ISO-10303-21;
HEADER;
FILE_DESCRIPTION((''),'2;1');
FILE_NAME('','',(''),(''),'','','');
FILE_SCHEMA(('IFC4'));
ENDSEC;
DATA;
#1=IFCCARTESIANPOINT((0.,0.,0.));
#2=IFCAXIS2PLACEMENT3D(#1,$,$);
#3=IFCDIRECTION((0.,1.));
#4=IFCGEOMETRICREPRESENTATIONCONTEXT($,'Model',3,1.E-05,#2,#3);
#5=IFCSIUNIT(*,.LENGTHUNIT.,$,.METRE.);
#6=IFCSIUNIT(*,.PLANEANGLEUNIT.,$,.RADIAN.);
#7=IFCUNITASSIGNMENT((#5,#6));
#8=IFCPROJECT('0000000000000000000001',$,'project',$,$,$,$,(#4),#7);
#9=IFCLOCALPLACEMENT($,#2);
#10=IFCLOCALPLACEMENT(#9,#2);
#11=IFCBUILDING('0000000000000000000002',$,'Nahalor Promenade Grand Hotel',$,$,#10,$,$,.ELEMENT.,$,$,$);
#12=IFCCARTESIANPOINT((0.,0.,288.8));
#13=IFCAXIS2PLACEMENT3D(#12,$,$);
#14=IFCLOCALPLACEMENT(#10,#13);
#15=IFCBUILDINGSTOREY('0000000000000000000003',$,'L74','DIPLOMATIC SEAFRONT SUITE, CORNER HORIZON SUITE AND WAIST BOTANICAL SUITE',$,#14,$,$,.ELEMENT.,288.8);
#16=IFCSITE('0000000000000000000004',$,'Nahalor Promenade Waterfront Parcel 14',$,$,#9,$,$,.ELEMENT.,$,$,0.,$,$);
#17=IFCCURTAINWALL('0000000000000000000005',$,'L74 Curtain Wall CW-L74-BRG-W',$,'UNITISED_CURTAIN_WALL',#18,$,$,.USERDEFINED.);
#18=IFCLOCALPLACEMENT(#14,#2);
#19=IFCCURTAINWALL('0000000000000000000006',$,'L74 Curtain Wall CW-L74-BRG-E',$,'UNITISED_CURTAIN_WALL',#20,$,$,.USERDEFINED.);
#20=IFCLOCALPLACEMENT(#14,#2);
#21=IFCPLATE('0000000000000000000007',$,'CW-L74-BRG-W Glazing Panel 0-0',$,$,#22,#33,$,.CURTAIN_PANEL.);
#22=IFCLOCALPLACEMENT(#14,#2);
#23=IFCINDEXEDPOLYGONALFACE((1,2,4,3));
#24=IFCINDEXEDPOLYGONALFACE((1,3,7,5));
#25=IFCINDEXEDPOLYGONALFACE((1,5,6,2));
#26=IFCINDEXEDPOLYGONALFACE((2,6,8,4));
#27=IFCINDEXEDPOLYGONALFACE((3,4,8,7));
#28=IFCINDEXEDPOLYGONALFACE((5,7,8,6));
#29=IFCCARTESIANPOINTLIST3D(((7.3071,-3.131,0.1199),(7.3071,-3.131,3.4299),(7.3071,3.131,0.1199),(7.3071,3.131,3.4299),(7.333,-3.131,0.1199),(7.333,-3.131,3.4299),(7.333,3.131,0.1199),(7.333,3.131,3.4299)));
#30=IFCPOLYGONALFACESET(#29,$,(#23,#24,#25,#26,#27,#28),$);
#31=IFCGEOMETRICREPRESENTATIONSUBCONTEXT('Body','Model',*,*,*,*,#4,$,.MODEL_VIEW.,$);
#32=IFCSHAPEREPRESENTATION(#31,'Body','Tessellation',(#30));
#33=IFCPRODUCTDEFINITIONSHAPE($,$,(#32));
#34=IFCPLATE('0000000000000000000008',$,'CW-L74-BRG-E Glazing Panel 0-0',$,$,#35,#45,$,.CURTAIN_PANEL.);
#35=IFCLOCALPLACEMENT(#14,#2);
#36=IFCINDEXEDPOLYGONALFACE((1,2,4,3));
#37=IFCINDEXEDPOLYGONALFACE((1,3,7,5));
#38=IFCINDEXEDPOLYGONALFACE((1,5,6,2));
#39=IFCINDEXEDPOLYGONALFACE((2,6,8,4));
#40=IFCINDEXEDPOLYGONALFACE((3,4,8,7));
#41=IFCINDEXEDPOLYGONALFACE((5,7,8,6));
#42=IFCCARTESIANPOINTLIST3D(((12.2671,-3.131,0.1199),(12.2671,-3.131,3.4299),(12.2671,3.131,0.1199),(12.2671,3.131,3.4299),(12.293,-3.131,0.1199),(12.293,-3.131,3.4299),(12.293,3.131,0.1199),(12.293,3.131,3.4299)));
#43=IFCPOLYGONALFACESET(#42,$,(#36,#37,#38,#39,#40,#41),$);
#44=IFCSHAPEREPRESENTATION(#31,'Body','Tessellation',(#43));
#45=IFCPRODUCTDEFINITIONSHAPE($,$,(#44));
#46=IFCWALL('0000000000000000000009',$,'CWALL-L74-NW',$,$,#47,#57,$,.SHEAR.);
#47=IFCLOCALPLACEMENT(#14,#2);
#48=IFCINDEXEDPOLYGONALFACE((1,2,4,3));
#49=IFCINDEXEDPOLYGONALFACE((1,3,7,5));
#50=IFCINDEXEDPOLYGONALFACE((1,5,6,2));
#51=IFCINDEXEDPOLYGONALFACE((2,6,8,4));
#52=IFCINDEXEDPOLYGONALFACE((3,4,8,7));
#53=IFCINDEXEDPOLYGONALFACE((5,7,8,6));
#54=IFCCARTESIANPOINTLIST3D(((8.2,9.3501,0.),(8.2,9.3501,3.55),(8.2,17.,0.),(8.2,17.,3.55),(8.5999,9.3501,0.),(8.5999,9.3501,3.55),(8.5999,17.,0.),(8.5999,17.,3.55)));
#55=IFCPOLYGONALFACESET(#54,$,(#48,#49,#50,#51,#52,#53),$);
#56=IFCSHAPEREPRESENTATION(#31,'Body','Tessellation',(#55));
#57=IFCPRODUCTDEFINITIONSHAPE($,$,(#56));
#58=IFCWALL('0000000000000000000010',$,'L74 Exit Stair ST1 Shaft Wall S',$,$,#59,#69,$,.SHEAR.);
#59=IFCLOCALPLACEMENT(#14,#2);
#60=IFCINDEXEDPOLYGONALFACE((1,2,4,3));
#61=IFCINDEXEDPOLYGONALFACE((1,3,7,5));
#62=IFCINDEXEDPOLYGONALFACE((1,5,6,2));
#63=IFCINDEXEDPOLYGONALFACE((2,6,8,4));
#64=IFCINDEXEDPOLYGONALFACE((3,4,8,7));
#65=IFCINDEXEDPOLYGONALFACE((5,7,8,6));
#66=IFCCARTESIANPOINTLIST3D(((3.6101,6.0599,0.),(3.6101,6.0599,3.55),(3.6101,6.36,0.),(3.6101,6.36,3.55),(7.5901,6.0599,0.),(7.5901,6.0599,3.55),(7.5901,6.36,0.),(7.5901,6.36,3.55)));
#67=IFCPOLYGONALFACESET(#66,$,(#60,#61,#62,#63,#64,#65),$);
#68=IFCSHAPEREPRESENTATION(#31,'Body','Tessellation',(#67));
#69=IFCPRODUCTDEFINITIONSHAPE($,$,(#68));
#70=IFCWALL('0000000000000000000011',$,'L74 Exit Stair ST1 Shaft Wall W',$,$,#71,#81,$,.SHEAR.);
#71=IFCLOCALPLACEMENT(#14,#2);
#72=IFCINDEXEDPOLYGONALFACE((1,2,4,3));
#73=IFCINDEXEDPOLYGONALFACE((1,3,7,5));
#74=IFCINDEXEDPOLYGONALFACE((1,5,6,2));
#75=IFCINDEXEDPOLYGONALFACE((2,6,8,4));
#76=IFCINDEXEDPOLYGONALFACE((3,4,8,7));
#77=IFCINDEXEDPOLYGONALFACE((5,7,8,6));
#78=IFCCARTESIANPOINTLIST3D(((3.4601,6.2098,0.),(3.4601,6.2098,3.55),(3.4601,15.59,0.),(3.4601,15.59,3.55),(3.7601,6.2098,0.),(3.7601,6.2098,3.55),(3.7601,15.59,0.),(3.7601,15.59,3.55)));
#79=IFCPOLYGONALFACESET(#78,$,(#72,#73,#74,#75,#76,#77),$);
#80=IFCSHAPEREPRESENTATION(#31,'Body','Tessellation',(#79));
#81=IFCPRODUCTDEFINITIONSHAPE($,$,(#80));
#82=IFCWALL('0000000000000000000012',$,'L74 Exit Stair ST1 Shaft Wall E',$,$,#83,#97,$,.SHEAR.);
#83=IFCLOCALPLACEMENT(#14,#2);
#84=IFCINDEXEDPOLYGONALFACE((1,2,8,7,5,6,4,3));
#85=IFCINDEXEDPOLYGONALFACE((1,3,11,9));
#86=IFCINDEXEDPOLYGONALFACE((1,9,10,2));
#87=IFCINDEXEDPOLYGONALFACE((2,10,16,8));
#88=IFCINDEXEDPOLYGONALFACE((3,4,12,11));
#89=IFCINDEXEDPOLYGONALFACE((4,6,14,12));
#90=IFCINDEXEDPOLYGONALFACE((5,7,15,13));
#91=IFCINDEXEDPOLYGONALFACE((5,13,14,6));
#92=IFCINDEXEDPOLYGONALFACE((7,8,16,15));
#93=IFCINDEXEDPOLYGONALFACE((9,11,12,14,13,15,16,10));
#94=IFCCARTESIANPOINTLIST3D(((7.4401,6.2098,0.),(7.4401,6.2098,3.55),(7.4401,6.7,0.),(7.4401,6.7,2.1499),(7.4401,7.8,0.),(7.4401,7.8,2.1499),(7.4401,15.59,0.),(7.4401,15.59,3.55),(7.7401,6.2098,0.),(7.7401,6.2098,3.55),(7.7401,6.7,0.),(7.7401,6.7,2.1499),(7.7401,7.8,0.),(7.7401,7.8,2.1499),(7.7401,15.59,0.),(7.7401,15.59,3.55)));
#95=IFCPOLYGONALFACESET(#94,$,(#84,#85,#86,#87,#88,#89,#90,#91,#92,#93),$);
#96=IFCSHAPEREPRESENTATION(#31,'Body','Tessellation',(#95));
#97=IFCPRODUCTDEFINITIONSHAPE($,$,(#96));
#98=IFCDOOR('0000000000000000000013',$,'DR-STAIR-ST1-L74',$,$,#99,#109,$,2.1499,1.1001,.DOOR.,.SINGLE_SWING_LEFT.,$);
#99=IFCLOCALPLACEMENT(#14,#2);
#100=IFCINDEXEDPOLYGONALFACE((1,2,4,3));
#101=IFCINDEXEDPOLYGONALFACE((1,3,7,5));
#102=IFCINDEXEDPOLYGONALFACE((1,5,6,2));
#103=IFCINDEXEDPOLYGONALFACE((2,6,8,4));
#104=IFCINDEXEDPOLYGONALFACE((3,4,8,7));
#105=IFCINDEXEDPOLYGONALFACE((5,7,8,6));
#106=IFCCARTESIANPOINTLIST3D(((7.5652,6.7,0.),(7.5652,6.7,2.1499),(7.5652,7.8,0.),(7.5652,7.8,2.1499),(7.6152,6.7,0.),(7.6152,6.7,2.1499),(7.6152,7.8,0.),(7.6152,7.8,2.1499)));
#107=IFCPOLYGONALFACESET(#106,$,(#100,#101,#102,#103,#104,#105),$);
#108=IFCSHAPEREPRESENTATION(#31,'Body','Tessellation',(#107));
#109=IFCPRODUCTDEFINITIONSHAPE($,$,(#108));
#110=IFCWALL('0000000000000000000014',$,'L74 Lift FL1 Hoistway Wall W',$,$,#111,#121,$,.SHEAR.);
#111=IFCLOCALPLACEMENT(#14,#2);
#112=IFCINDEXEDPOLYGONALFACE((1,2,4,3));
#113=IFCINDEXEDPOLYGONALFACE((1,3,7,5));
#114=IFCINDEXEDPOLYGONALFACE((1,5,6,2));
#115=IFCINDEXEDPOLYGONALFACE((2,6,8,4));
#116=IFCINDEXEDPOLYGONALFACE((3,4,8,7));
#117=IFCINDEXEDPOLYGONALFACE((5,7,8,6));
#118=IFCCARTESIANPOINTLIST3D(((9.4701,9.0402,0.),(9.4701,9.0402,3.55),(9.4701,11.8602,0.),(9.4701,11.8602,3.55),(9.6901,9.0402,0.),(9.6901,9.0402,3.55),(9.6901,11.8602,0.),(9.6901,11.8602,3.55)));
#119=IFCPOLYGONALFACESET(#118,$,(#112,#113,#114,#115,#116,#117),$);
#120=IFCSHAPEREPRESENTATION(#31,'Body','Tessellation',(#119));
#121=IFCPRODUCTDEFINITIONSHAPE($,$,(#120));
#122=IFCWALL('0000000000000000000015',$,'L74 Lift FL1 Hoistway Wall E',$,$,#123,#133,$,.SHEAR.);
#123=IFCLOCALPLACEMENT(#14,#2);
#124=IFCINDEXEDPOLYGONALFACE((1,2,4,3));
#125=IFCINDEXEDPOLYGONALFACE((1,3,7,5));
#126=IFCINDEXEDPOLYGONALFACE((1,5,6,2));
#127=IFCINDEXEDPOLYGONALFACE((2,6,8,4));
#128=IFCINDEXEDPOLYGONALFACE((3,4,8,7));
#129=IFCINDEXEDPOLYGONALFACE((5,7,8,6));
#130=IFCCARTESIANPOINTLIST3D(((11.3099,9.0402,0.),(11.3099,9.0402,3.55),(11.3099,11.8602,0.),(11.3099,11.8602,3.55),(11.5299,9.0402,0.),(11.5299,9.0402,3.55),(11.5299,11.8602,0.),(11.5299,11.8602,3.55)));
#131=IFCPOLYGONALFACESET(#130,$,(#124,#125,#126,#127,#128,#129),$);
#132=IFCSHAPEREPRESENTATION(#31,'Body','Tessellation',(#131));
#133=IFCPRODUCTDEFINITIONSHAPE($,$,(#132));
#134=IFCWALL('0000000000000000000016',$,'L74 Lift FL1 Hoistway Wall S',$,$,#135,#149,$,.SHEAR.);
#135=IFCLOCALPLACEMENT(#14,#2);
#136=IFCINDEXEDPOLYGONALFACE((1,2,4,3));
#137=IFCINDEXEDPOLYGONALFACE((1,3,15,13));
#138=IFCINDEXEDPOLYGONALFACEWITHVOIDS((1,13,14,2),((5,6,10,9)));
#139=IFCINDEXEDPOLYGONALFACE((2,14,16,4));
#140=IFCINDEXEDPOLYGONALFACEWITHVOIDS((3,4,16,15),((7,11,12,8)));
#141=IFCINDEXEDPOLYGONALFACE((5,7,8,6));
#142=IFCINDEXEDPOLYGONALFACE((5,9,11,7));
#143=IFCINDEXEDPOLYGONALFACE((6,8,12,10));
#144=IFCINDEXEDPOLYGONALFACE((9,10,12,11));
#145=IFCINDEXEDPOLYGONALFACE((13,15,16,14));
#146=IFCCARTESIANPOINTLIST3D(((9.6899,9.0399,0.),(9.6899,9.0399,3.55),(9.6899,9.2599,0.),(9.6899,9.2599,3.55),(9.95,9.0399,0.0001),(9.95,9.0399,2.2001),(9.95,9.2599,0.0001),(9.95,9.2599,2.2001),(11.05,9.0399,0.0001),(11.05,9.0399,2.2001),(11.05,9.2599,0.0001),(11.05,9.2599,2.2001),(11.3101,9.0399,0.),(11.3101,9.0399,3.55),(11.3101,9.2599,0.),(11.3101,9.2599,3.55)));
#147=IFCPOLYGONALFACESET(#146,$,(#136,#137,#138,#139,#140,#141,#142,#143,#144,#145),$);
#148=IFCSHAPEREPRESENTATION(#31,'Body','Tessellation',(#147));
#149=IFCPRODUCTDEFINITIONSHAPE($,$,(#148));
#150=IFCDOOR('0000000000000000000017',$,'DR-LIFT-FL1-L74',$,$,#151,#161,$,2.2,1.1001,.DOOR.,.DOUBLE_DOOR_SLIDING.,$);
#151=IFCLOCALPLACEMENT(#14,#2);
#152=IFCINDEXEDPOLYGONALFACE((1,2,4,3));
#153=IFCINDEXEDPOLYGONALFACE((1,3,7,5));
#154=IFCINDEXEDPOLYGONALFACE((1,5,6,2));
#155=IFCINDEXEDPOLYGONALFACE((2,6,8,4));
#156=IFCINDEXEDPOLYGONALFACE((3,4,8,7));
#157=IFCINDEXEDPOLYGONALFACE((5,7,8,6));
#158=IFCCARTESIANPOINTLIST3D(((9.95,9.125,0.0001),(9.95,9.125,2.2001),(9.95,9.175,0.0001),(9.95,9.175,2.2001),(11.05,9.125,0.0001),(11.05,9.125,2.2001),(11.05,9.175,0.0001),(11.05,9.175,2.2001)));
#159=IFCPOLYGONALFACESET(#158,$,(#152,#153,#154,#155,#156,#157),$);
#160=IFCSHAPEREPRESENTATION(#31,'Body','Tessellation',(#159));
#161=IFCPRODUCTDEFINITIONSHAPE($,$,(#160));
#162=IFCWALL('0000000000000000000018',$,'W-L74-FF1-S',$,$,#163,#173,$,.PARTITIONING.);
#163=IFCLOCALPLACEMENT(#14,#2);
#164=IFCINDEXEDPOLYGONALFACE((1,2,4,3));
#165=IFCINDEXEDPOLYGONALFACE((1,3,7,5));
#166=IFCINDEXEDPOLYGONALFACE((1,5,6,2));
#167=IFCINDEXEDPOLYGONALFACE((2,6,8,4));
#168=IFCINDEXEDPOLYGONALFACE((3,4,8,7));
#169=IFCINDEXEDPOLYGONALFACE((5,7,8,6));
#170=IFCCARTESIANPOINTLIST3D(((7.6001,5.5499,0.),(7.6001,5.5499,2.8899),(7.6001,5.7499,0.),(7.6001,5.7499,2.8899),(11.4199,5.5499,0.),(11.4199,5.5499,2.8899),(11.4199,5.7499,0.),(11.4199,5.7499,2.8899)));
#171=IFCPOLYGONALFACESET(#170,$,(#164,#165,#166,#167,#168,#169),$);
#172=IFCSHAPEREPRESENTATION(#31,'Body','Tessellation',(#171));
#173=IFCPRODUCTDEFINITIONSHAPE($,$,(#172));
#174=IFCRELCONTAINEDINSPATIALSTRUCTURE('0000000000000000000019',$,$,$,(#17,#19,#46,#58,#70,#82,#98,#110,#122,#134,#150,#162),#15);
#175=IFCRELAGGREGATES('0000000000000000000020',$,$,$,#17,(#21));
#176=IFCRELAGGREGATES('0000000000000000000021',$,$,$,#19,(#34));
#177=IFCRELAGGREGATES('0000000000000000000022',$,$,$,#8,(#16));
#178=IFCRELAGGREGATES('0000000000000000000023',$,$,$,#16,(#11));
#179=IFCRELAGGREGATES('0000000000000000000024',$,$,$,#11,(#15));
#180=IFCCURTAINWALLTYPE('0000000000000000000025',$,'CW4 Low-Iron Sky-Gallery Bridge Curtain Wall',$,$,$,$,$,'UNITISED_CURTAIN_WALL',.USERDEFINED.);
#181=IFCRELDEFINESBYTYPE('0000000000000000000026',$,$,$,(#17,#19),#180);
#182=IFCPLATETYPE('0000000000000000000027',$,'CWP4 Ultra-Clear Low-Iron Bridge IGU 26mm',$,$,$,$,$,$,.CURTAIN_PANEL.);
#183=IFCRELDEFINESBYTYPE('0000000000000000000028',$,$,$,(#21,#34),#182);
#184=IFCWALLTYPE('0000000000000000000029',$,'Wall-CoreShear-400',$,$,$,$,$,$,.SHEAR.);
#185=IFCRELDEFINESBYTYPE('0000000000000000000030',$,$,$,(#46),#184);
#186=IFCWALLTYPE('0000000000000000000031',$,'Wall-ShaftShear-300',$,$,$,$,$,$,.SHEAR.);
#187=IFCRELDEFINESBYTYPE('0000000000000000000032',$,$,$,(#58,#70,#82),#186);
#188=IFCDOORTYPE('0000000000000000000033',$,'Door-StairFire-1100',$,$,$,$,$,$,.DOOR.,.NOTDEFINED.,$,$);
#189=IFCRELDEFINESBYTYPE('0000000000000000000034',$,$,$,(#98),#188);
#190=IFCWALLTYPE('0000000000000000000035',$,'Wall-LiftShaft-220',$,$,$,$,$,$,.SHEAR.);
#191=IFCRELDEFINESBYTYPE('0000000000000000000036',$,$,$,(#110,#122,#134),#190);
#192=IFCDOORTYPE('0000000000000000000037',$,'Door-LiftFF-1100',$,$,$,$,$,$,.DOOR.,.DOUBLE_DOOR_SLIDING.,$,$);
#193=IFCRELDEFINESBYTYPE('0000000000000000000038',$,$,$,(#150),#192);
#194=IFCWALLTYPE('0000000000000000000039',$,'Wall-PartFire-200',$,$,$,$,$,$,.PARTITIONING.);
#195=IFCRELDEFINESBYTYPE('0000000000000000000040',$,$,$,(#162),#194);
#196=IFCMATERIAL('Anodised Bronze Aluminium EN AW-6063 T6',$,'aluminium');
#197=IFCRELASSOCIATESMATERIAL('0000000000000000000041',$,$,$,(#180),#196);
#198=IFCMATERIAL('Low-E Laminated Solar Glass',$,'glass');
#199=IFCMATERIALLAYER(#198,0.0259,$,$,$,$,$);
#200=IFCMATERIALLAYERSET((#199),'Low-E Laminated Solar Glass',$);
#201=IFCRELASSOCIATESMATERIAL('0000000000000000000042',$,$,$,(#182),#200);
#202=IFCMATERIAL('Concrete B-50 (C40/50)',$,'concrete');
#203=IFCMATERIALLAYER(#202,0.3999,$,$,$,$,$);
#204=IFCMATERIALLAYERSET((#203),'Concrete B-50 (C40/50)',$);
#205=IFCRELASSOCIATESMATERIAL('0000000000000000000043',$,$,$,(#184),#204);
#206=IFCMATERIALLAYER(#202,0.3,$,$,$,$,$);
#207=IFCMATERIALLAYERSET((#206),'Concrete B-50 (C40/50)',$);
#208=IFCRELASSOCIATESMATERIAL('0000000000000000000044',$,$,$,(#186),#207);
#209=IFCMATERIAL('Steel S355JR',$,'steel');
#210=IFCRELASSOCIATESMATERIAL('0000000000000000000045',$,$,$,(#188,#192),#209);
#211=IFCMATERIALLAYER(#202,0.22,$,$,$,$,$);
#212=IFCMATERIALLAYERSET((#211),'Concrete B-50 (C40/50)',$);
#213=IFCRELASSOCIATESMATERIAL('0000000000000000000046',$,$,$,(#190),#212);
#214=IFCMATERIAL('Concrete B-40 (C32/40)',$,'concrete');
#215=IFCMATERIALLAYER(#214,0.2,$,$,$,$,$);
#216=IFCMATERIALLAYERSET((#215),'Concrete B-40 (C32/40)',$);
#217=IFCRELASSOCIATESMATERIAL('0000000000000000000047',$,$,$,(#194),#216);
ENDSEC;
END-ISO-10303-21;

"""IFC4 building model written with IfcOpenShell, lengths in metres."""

from ifc_helpers import new_model, si_unit, direction, frame, frame_2d, origin, origin_2d, place, context, subcontext, project, spatial, rectangle, extrude, source, transform, mapped, material, layer, layer_set, type_object, element, fill, aggregate, save


model = new_model("IFC4")

# Units and contexts
model_context = context("Model", 3, precision=1e-05, world=origin(), true_north=direction((0.0, 1.0)))
body_context = subcontext(model_context, "Body", "Model", "MODEL_VIEW")
ifc_project = project(units=[si_unit("LENGTHUNIT", "METRE"), si_unit("PLANEANGLEUNIT", "RADIAN")], contexts=[model_context])

# Site, building, storey
site_placement = place(None, origin())
site = spatial("IfcSite", under=ifc_project, at=site_placement, Name="Nahalor Promenade Waterfront Parcel 14", CompositionType="ELEMENT", RefElevation=0.0)
building_placement = place(site_placement, origin())
building = spatial("IfcBuilding", under=site, at=building_placement, Name="Nahalor Promenade Grand Hotel", CompositionType="ELEMENT")
storey_placement = place(building_placement, frame((0.0, 0.0, 288.8)))
storey = spatial("IfcBuildingStorey", under=building, at=storey_placement, Name="L74", Description="DIPLOMATIC SEAFRONT SUITE, CORNER HORIZON SUITE AND WAIST BOTANICAL SUITE", CompositionType="ELEMENT", Elevation=288.8)

# Shared definitions
ifc_material_1 = material(Name="Steel S355JR", Category="steel")

# Shared definitions
ifc_material_2 = material(Name="Anodised Bronze Aluminium EN AW-6063 T6", Category="aluminium")

# Curtain walls
curtain_wall_type_1 = type_object("IfcCurtainWallType", Name="CW4 Low-Iron Sky-Gallery Bridge Curtain Wall", ElementType="UNITISED_CURTAIN_WALL", PredefinedType="USERDEFINED", material=ifc_material_2)
curtain_wall_1_placement = place(storey_placement, origin())
curtain_wall_1 = element("IfcCurtainWall", 1, at=curtain_wall_1_placement, inside=storey, type_object=curtain_wall_type_1, Name="L74 Curtain Wall CW-L74-BRG-W", ObjectType="UNITISED_CURTAIN_WALL", PredefinedType="USERDEFINED")
curtain_wall_2_placement = place(storey_placement, origin())
curtain_wall_2 = element("IfcCurtainWall", 2, at=curtain_wall_2_placement, inside=storey, type_object=curtain_wall_type_1, Name="L74 Curtain Wall CW-L74-BRG-E", ObjectType="UNITISED_CURTAIN_WALL", PredefinedType="USERDEFINED")

# Plates
ifc_material_3 = material(Name="Low-E Laminated Solar Glass", Category="glass")
ifc_layer_1 = layer(ifc_material_3, 0.0259)
ifc_layer_set_1 = layer_set([ifc_layer_1], Name="Low-E Laminated Solar Glass")
plate_type = type_object("IfcPlateType", Name="CWP4 Ultra-Clear Low-Iron Bridge IGU 26mm", PredefinedType="CURTAIN_PANEL", material=ifc_layer_set_1)
shared_shape_1 = source(origin(), body_context, "Body", "SweptSolid", [
    extrude(rectangle(XDim=6.262, YDim=0.0259, at=origin_2d()), origin(), (0.0, 0.0, 1.0), 3.3101),
])
plate_1_placement = place(storey_placement, frame((7.3201, 0.0, 0.1199), z_axis=(0.0, 0.0, 1.0), x_axis=(0.0, 1.0, 0.0)))
plate_1 = element("IfcPlate", 3, at=plate_1_placement, type_object=plate_type, Name="CW-L74-BRG-W Glazing Panel 0-0", PredefinedType="CURTAIN_PANEL", context=body_context, shape_type="MappedRepresentation", body=[
    mapped(shared_shape_1, transform((0.0, 0.0, 0.0), scale=1.0)),
])
aggregate(curtain_wall_1, [plate_1])
plate_2_placement = place(storey_placement, frame((12.28, 0.0, 0.1199), z_axis=(0.0, 0.0, 1.0), x_axis=(0.0, 1.0, 0.0)))
plate_2 = element("IfcPlate", 4, at=plate_2_placement, type_object=plate_type, Name="CW-L74-BRG-E Glazing Panel 0-0", PredefinedType="CURTAIN_PANEL", context=body_context, shape_type="MappedRepresentation", body=[
    mapped(shared_shape_1, transform((0.0, 0.0, 0.0), scale=1.0)),
])
aggregate(curtain_wall_2, [plate_2])

# Walls
ifc_material_4 = material(Name="Concrete B-50 (C40/50)", Category="concrete")
ifc_layer_2 = layer(ifc_material_4, 0.3999)
ifc_layer_set_2 = layer_set([ifc_layer_2], Name="Concrete B-50 (C40/50)")
wall_type_1 = type_object("IfcWallType", Name="Wall-CoreShear-400", PredefinedType="SHEAR", material=ifc_layer_set_2)
shared_shape_2 = source(origin(), body_context, "Body", "SweptSolid", [
    extrude(rectangle(XDim=7.6499, YDim=0.3999, at=frame_2d((3.825, 0.0))), origin(), (0.0, 0.0, 1.0), 3.55),
])
wall_1_placement = place(storey_placement, frame((8.3999, 9.3501, 0.0), z_axis=(0.0, 0.0, 1.0), x_axis=(0.0, 1.0, 0.0)))
element("IfcWall", 5, at=wall_1_placement, inside=storey, type_object=wall_type_1, Name="CWALL-L74-NW", PredefinedType="SHEAR", context=body_context, shape_type="MappedRepresentation", body=[
    mapped(shared_shape_2, transform((0.0, 0.0, 0.0), scale=1.0)),
])
ifc_layer_3 = layer(ifc_material_4, 0.3)
ifc_layer_set_3 = layer_set([ifc_layer_3], Name="Concrete B-50 (C40/50)")
wall_type_2 = type_object("IfcWallType", Name="Wall-ShaftShear-300", PredefinedType="SHEAR", material=ifc_layer_set_3)
shared_shape_3 = source(origin(), body_context, "Body", "SweptSolid", [
    extrude(rectangle(XDim=3.98, YDim=0.3, at=frame_2d((1.99, 0.0))), origin(), (0.0, 0.0, 1.0), 3.55),
])
wall_2_placement = place(storey_placement, frame((3.6101, 6.21, 0.0), z_axis=(0.0, 0.0, 1.0), x_axis=(1.0, 0.0, 0.0)))
element("IfcWall", 6, at=wall_2_placement, inside=storey, type_object=wall_type_2, Name="L74 Exit Stair ST1 Shaft Wall S", PredefinedType="SHEAR", context=body_context, shape_type="MappedRepresentation", body=[
    mapped(shared_shape_3, transform((0.0, 0.0, 0.0), scale=1.0)),
])
shared_shape_4 = source(origin(), body_context, "Body", "SweptSolid", [
    extrude(rectangle(XDim=9.3801, YDim=0.3, at=frame_2d((4.6899, 0.0))), origin(), (0.0, 0.0, 1.0), 3.55),
])
wall_3_placement = place(storey_placement, frame((3.6101, 6.21, 0.0), z_axis=(0.0, 0.0, 1.0), x_axis=(0.0, 1.0, 0.0)))
element("IfcWall", 7, at=wall_3_placement, inside=storey, type_object=wall_type_2, Name="L74 Exit Stair ST1 Shaft Wall W", PredefinedType="SHEAR", context=body_context, shape_type="MappedRepresentation", body=[
    mapped(shared_shape_4, transform((0.0, 0.0, 0.0), scale=1.0)),
])

# Wall, opening, door
wall_4_placement = place(storey_placement, frame((7.5901, 6.21, 0.0), z_axis=(0.0, 0.0, 1.0), x_axis=(0.0, 1.0, 0.0)))
wall_4 = element("IfcWall", 8, at=wall_4_placement, inside=storey, type_object=wall_type_2, Name="L74 Exit Stair ST1 Shaft Wall E", PredefinedType="SHEAR", context=body_context, shape_type="MappedRepresentation", body=[
    mapped(shared_shape_4, transform((0.0, 0.0, 0.0), scale=1.0)),
])
opening_1_placement = place(wall_4_placement, frame((0.49, 0.0, 0.0)))
opening_1 = element("IfcOpeningElement", 9, at=opening_1_placement, cuts=wall_4, PredefinedType="OPENING", context=body_context, shape_type="SweptSolid", body=[
    extrude(rectangle(XDim=1.1001, YDim=2.1499, at=frame_2d((0.55, 1.075))), frame((0.0, 0.1599, 0.0), z_axis=(0.0, -1.0, 0.0), x_axis=(1.0, 0.0, 0.0)), (0.0, 0.0, 1.0), 0.3201),
])
door_type_1 = type_object("IfcDoorType", Name="Door-StairFire-1100", OperationType="NOTDEFINED", PredefinedType="DOOR", material=ifc_material_1)
shared_shape_5 = source(origin(), body_context, "Body", "SweptSolid", [
    extrude(rectangle(XDim=1.1001, YDim=2.1499, at=frame_2d((0.55, 1.075))), frame((0.0, 0.0249, 0.0), z_axis=(0.0, -1.0, 0.0), x_axis=(1.0, 0.0, 0.0)), (0.0, 0.0, 1.0), 0.05),
])
door_1_placement = place(opening_1_placement, origin())
door_1 = element("IfcDoor", 10, at=door_1_placement, inside=storey, type_object=door_type_1, Name="DR-STAIR-ST1-L74", OperationType="SINGLE_SWING_LEFT", OverallHeight=2.1499, OverallWidth=1.1001, PredefinedType="DOOR", context=body_context, shape_type="MappedRepresentation", body=[
    mapped(shared_shape_5, transform((0.0, 0.0, 0.0), scale=1.0)),
])
fill(opening_1, door_1)

# Walls
ifc_layer_4 = layer(ifc_material_4, 0.22)
ifc_layer_set_4 = layer_set([ifc_layer_4], Name="Concrete B-50 (C40/50)")
wall_type_3 = type_object("IfcWallType", Name="Wall-LiftShaft-220", PredefinedType="SHEAR", material=ifc_layer_set_4)
shared_shape_6 = source(origin(), body_context, "Body", "SweptSolid", [
    extrude(rectangle(XDim=2.8201, YDim=0.22, at=frame_2d((1.4102, 0.0))), origin(), (0.0, 0.0, 1.0), 3.55),
])
for number, where, z_axis, x_axis, name in (
    (11, (9.5801, 9.04, 0.0), (0.0, 0.0, 1.0), (0.0, 1.0, 0.0), "L74 Lift FL1 Hoistway Wall W"),
    (12, (11.4199, 9.04, 0.0), (0.0, 0.0, 1.0), (0.0, 1.0, 0.0), "L74 Lift FL1 Hoistway Wall E"),
):
    element("IfcWall", number, at=place(storey_placement, frame(where, z_axis=z_axis, x_axis=x_axis)), inside=storey, type_object=wall_type_3, Name=name, PredefinedType="SHEAR", context=body_context, shape_type="MappedRepresentation", body=[
        mapped(shared_shape_6, transform((0.0, 0.0, 0.0), scale=1.0)),
    ])

# Wall, opening, door
shared_shape_7 = source(origin(), body_context, "Body", "SweptSolid", [
    extrude(rectangle(XDim=1.6201, YDim=0.22, at=frame_2d((0.8101, 0.0))), origin(), (0.0, 0.0, 1.0), 3.55),
])
wall_5_placement = place(storey_placement, frame((9.6899, 9.1499, 0.0), z_axis=(0.0, 0.0, 1.0), x_axis=(1.0, 0.0, 0.0)))
wall_5 = element("IfcWall", 13, at=wall_5_placement, inside=storey, type_object=wall_type_3, Name="L74 Lift FL1 Hoistway Wall S", PredefinedType="SHEAR", context=body_context, shape_type="MappedRepresentation", body=[
    mapped(shared_shape_7, transform((0.0, 0.0, 0.0), scale=1.0)),
])
opening_2_placement = place(wall_5_placement, frame((0.26, 0.0, 0.0)))
opening_2 = element("IfcOpeningElement", 14, at=opening_2_placement, cuts=wall_5, PredefinedType="OPENING", context=body_context, shape_type="SweptSolid", body=[
    extrude(rectangle(XDim=1.1001, YDim=2.2, at=frame_2d((0.55, 1.1001))), frame((0.0, 0.1199, 0.0), z_axis=(0.0, -1.0, 0.0), x_axis=(1.0, 0.0, 0.0)), (0.0, 0.0, 1.0), 0.24),
])
door_type_2 = type_object("IfcDoorType", Name="Door-LiftFF-1100", OperationType="DOUBLE_DOOR_SLIDING", PredefinedType="DOOR", material=ifc_material_1)
shared_shape_8 = source(origin(), body_context, "Body", "SweptSolid", [
    extrude(rectangle(XDim=1.1001, YDim=2.2, at=frame_2d((0.55, 1.1001))), frame((0.0, 0.0249, 0.0), z_axis=(0.0, -1.0, 0.0), x_axis=(1.0, 0.0, 0.0)), (0.0, 0.0, 1.0), 0.05),
])
door_2_placement = place(opening_2_placement, frame((1.1001, 0.0, 0.0), z_axis=(0.0, 0.0, 1.0), x_axis=(-1.0, 0.0, 0.0)))
door_2 = element("IfcDoor", 15, at=door_2_placement, inside=storey, type_object=door_type_2, Name="DR-LIFT-FL1-L74", OperationType="DOUBLE_DOOR_SLIDING", OverallHeight=2.2, OverallWidth=1.1001, PredefinedType="DOOR", context=body_context, shape_type="MappedRepresentation", body=[
    mapped(shared_shape_8, transform((0.0, 0.0, 0.0), scale=1.0)),
])
fill(opening_2, door_2)

# Wall
ifc_material_5 = material(Name="Concrete B-40 (C32/40)", Category="concrete")
ifc_layer_5 = layer(ifc_material_5, 0.2)
ifc_layer_set_5 = layer_set([ifc_layer_5], Name="Concrete B-40 (C32/40)")
wall_type_4 = type_object("IfcWallType", Name="Wall-PartFire-200", PredefinedType="PARTITIONING", material=ifc_layer_set_5)
shared_shape_9 = source(origin(), body_context, "Body", "SweptSolid", [
    extrude(rectangle(XDim=3.8198, YDim=0.2, at=frame_2d((1.9099, 0.0))), origin(), (0.0, 0.0, 1.0), 2.8899),
])
wall_6_placement = place(storey_placement, frame((7.6001, 5.6499, 0.0), z_axis=(0.0, 0.0, 1.0), x_axis=(1.0, 0.0, 0.0)))
element("IfcWall", 16, at=wall_6_placement, inside=storey, type_object=wall_type_4, Name="W-L74-FF1-S", PredefinedType="PARTITIONING", context=body_context, shape_type="MappedRepresentation", body=[
    mapped(shared_shape_9, transform((0.0, 0.0, 0.0), scale=1.0)),
])

save(model, "model.ifc")
